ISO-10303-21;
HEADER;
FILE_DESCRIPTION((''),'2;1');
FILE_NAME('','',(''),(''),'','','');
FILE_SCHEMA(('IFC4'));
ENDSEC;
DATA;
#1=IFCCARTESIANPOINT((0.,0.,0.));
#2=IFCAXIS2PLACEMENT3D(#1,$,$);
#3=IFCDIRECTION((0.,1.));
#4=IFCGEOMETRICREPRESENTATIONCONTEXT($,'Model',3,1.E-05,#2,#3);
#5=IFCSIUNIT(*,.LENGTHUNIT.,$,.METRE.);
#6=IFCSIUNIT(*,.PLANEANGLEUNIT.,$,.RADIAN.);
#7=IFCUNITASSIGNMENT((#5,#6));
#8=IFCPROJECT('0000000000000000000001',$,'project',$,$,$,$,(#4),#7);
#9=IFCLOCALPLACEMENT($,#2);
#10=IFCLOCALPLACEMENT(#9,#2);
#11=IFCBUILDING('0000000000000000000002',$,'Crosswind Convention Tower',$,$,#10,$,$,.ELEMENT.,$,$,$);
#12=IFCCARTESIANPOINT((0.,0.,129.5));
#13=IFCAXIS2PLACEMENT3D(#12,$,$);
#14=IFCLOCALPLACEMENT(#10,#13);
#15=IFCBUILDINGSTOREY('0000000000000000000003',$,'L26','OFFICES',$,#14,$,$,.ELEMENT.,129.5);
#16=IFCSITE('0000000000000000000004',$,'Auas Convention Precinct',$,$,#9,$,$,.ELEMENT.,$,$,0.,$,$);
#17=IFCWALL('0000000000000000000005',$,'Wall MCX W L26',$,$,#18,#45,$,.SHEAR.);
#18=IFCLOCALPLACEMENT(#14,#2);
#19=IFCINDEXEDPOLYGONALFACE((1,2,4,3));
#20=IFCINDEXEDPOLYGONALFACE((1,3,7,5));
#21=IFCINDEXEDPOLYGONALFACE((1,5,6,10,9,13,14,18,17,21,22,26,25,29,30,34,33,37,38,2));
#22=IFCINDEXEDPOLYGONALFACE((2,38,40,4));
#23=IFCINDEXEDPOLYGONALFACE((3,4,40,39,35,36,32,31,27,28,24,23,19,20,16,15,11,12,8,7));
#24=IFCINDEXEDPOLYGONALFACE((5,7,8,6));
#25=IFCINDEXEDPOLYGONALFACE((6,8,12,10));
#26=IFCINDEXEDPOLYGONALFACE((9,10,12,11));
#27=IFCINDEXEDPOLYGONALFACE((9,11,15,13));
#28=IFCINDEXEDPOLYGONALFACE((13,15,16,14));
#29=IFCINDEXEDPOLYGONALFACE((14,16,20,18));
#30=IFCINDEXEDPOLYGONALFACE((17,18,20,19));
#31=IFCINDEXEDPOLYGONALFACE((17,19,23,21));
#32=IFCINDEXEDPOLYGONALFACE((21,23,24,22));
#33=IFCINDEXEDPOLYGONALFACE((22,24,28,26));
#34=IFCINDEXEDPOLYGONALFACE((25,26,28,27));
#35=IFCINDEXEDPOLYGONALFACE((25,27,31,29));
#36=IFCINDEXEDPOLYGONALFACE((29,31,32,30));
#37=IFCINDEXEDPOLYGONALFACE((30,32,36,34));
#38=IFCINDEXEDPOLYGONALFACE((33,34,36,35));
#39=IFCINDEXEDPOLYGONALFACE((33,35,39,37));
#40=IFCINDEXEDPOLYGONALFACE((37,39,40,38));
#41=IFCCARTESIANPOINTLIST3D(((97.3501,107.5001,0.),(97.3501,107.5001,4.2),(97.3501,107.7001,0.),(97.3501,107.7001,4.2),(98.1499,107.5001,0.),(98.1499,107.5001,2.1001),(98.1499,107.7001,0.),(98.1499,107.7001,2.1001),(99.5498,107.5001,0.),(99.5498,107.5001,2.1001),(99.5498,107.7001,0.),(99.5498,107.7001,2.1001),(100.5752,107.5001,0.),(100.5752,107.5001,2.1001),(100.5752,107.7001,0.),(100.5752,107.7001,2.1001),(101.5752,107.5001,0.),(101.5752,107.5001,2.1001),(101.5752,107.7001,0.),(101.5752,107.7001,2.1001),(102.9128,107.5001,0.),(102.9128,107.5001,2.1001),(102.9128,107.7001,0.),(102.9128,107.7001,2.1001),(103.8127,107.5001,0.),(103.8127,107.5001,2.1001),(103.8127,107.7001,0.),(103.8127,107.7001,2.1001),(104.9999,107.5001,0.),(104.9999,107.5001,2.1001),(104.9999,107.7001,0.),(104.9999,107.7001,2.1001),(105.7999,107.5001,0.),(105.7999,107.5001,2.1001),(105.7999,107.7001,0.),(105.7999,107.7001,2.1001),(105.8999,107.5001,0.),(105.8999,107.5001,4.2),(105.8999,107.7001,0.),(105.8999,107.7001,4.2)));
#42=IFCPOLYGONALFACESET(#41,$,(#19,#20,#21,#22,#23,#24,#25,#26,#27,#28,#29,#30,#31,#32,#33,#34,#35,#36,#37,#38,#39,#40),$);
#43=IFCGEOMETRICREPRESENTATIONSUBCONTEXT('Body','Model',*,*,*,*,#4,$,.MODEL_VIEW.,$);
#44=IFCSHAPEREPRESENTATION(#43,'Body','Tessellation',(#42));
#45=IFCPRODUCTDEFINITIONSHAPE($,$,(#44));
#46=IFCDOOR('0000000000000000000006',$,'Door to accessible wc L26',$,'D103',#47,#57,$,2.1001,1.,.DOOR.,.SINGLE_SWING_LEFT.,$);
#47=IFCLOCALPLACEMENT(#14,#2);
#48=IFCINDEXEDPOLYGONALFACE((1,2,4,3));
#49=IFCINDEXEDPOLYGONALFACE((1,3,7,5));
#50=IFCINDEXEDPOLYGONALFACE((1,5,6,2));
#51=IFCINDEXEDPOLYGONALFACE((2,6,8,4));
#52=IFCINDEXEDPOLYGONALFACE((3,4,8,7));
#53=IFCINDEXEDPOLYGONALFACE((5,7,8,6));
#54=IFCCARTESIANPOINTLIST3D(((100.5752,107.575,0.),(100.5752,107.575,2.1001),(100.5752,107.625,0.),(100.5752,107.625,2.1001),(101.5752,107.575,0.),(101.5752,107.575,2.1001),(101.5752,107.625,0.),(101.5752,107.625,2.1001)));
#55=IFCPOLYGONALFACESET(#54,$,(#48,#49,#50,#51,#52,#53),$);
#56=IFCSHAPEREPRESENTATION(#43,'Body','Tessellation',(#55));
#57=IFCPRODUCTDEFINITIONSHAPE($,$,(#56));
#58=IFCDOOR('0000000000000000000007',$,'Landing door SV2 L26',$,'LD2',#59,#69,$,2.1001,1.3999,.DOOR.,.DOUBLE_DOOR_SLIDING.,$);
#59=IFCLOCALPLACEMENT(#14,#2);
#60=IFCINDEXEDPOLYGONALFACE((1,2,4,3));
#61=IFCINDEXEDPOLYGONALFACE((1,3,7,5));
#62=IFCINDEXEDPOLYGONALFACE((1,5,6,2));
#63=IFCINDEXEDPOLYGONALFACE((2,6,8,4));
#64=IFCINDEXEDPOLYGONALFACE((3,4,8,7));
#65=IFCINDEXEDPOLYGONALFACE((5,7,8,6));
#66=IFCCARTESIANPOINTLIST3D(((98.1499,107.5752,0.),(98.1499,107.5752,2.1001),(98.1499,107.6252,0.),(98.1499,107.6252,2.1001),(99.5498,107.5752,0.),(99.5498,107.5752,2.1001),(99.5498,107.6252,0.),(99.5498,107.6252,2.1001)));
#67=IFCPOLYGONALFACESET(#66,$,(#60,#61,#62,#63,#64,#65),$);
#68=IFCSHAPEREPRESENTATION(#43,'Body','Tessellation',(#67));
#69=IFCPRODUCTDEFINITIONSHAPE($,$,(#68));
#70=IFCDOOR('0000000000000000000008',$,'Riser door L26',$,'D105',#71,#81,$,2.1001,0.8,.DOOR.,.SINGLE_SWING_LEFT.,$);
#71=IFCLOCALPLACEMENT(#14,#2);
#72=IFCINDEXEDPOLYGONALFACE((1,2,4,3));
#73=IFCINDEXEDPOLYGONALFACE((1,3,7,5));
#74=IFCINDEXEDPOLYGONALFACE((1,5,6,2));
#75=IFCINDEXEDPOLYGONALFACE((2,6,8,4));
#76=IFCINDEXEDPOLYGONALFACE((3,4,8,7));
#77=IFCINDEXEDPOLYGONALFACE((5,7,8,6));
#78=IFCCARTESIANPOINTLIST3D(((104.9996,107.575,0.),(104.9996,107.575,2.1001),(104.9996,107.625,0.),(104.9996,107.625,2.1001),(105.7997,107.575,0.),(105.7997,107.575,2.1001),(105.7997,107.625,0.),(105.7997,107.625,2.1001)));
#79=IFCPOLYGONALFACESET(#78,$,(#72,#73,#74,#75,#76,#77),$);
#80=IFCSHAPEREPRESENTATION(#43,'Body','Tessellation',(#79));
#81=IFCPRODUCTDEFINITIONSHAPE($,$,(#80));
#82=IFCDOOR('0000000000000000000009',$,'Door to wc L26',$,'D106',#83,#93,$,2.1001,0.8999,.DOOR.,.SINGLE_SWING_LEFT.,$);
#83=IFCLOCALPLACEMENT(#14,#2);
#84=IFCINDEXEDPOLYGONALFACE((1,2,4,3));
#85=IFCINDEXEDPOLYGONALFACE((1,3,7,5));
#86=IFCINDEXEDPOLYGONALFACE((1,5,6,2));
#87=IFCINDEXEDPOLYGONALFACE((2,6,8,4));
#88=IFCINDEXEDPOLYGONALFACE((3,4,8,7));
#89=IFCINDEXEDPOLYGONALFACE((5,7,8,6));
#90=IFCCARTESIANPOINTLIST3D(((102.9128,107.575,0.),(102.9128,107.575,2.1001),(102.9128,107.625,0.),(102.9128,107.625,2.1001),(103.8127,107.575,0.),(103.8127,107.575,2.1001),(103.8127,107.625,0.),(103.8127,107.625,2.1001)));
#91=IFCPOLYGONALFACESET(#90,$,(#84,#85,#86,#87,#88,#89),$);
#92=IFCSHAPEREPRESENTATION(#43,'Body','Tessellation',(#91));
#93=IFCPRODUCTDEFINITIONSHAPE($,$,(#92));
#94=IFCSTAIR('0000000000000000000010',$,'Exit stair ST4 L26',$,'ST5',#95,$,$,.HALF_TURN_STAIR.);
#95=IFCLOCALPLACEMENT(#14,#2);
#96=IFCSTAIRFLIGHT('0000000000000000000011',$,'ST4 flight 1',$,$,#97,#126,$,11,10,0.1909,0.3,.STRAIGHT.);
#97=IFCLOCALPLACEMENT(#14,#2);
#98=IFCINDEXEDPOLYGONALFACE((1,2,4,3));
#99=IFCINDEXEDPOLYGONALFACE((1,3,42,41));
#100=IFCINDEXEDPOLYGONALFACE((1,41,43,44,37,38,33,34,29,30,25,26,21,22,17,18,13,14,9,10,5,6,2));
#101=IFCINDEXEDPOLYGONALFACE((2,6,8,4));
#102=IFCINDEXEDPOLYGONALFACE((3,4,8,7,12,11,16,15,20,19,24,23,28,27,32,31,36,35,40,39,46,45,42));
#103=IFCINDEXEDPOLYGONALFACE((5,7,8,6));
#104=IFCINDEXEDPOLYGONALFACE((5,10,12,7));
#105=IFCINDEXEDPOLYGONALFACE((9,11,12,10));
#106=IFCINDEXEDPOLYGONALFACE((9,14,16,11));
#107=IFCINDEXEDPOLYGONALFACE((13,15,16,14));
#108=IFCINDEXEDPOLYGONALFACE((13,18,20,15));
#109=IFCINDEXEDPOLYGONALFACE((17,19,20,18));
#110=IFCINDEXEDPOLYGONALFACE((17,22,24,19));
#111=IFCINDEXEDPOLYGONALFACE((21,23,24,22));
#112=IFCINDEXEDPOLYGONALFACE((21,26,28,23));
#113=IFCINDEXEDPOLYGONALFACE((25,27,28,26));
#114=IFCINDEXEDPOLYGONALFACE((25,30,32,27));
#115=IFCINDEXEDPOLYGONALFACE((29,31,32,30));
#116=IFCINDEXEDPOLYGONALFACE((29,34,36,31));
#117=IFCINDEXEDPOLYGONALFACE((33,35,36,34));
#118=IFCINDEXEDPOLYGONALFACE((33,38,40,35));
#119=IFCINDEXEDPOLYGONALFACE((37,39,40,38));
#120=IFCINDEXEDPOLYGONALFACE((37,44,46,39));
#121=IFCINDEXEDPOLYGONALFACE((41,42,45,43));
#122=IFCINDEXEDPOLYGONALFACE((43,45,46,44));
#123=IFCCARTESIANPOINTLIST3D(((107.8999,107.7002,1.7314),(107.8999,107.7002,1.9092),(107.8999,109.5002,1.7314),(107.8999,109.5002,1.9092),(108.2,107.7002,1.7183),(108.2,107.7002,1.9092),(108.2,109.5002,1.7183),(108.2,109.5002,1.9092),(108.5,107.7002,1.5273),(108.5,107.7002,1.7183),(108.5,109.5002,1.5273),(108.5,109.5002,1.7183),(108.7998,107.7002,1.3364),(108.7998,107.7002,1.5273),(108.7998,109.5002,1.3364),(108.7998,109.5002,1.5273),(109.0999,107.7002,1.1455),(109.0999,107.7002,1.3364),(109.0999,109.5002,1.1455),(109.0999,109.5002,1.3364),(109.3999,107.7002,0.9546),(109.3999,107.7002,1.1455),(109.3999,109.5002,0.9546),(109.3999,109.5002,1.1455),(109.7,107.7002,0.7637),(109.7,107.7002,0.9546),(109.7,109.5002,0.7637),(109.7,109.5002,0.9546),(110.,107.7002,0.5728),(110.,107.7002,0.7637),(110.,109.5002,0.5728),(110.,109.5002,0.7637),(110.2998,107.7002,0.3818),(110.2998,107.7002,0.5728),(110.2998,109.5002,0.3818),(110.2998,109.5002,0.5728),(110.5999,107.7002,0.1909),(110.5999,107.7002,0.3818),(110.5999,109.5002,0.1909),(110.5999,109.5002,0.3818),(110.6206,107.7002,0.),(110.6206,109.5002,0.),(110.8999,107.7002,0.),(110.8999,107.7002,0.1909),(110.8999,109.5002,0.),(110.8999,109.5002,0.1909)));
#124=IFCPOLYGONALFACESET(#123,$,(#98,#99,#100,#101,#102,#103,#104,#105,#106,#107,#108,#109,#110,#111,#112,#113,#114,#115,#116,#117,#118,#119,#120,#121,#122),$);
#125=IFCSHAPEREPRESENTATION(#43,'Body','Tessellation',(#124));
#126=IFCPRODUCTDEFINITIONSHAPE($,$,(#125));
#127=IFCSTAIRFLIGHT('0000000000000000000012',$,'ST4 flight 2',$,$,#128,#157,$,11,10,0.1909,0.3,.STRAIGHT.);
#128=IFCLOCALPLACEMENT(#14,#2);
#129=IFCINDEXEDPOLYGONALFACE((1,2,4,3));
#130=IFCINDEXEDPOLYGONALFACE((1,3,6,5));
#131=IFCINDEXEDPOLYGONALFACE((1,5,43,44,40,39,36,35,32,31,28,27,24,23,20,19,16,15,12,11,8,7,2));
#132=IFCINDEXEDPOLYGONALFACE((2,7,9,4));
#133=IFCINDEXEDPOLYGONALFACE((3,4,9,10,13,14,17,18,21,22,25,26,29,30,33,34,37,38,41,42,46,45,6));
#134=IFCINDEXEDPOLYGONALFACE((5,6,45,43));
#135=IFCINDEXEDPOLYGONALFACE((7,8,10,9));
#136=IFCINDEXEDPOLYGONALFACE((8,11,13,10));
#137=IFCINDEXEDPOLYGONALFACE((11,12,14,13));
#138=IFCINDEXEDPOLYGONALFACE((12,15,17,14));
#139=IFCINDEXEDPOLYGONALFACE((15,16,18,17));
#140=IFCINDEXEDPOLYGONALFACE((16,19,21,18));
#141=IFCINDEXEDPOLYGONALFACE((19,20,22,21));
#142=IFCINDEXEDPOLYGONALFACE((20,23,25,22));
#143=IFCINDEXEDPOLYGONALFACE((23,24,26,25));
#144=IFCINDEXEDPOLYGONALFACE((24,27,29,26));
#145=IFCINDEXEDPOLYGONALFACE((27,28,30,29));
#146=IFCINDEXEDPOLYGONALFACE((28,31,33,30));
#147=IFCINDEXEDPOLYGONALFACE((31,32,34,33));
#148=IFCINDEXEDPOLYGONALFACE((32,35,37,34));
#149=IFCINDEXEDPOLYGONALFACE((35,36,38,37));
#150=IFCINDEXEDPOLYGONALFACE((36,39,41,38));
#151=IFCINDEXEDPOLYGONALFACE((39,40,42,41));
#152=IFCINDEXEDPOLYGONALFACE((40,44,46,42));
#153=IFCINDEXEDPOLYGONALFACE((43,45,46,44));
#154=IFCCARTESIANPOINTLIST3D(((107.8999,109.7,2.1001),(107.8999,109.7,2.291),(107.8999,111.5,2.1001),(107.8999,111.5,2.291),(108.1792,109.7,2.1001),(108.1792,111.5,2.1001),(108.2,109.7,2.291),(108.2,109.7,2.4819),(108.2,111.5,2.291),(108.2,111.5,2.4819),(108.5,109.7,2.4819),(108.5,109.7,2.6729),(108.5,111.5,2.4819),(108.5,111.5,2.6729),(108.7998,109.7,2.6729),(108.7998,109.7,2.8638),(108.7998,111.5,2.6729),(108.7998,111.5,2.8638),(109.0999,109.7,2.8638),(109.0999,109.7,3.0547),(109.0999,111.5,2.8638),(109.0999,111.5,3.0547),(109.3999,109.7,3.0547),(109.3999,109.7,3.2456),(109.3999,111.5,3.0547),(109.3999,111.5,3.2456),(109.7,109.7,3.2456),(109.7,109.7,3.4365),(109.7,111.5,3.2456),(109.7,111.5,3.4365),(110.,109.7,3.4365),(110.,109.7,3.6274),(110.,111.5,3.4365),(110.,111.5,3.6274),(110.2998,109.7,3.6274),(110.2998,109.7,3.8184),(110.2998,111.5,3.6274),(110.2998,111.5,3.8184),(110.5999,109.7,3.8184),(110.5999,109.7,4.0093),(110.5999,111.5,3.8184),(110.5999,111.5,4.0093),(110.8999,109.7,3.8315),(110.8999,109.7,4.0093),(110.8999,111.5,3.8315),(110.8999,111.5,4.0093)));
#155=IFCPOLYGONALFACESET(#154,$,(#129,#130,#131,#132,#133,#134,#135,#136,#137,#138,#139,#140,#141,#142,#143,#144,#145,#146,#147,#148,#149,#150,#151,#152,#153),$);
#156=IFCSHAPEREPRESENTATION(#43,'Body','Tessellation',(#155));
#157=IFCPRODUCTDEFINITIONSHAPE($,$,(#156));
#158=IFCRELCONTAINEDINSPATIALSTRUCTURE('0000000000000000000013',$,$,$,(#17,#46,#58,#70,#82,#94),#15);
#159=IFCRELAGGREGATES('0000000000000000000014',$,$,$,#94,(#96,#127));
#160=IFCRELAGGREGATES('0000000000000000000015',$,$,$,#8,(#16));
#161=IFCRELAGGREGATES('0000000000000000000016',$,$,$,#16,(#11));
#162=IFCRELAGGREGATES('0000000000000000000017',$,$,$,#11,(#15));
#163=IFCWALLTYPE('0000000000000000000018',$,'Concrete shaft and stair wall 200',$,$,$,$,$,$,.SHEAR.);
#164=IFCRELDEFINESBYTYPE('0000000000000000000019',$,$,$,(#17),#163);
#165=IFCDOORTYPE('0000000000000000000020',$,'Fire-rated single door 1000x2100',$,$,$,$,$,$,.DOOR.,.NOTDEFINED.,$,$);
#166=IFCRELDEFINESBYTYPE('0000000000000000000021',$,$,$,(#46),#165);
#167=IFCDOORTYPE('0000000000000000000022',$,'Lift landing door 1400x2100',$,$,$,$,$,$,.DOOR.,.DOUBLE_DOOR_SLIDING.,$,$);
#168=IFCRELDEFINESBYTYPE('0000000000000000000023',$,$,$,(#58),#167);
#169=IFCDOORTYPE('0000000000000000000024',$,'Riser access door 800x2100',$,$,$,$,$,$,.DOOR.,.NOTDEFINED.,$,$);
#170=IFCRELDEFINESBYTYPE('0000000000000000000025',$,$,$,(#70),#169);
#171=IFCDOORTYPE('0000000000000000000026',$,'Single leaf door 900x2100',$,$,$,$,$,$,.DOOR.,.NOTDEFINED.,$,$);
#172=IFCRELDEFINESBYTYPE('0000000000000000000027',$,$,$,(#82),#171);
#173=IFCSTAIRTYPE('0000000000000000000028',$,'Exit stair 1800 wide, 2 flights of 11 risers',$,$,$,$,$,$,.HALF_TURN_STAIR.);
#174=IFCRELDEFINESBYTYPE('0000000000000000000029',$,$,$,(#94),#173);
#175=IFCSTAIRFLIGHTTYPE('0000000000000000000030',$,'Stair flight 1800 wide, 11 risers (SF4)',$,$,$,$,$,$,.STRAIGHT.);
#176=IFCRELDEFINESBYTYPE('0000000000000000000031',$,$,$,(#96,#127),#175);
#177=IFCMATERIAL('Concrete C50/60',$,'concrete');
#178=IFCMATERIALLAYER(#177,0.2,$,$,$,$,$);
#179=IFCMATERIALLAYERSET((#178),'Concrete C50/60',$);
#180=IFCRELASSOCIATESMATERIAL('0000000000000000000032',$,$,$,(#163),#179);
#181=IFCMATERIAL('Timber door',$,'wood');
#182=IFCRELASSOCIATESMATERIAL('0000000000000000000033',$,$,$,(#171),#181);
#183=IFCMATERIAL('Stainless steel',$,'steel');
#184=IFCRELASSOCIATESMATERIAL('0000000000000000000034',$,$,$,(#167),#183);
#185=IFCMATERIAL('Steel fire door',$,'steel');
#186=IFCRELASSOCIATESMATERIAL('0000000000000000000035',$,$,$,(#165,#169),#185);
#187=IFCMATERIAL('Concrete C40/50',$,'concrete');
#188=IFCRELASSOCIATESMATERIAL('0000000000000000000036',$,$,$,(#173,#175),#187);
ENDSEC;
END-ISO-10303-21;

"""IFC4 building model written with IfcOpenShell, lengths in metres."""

from ifc_helpers import new_model, si_unit, direction, frame, frame_2d, origin, place, context, subcontext, project, spatial, polyline, rectangle, outline, extrude, material, layer, layer_set, type_object, element, fill, aggregate, save


model = new_model("IFC4")

# Units and contexts
model_context = context("Model", 3, precision=1e-05, world=origin(), true_north=direction((0.0, 1.0)))
body_context = subcontext(model_context, "Body", "Model", "MODEL_VIEW")
ifc_project = project(units=[si_unit("LENGTHUNIT", "METRE"), si_unit("PLANEANGLEUNIT", "RADIAN")], contexts=[model_context])

# Site, building, storey
site_placement = place(None, origin())
site = spatial("IfcSite", under=ifc_project, at=site_placement, Name="Auas Convention Precinct", CompositionType="ELEMENT", RefElevation=0.0)
building_placement = place(site_placement, origin())
building = spatial("IfcBuilding", under=site, at=building_placement, Name="Crosswind Convention Tower", CompositionType="ELEMENT")
storey_placement = place(building_placement, frame((0.0, 0.0, 129.5)))
storey = spatial("IfcBuildingStorey", under=building, at=storey_placement, Name="L26", Description="OFFICES", CompositionType="ELEMENT", Elevation=129.5)

# Shared definitions
ifc_material_1 = material(Name="Concrete C50/60", Category="concrete")
ifc_layer = layer(ifc_material_1, 0.2)
ifc_layer_set = layer_set([ifc_layer], Name="Concrete C50/60")
wall_type = type_object("IfcWallType", Name="Concrete shaft and stair wall 200", PredefinedType="SHEAR", material=ifc_layer_set)

# Shared definitions
ifc_material_2 = material(Name="Timber door", Category="wood")
door_type_1 = type_object("IfcDoorType", Name="Single leaf door 900x2100", OperationType="NOTDEFINED", PredefinedType="DOOR", material=ifc_material_2)

# Shared definitions
ifc_material_3 = material(Name="Stainless steel", Category="steel")
door_type_2 = type_object("IfcDoorType", Name="Lift landing door 1400x2100", OperationType="DOUBLE_DOOR_SLIDING", PredefinedType="DOOR", material=ifc_material_3)

# Wall, openings, doors
wall_1_placement = place(storey_placement, frame((105.8999, 107.6001, 0.0), z_axis=(0.0, 0.0, 1.0), x_axis=(-1.0, 0.0, 0.0)))
wall_1 = element("IfcWall", 1, at=wall_1_placement, inside=storey, type_object=wall_type, Name="Wall MCX W L26", PredefinedType="SHEAR", context=body_context, shape_type="SweptSolid", body=[
    extrude(rectangle(XDim=8.5498, YDim=0.2, at=frame_2d((4.2749, 0.0))), origin(), (0.0, 0.0, 1.0), 4.2),
])
opening_1_placement = place(wall_1_placement, frame((0.1001, 0.0, 0.0)))
opening_1 = element("IfcOpeningElement", 2, at=opening_1_placement, cuts=wall_1, PredefinedType="OPENING", context=body_context, shape_type="SweptSolid", body=[
    extrude(rectangle(XDim=0.8, YDim=2.1001, at=frame_2d((0.3999, 1.05))), frame((0.0, 0.1099, 0.0), z_axis=(0.0, -1.0, 0.0), x_axis=(1.0, 0.0, 0.0)), (0.0, 0.0, 1.0), 0.22),
])
opening_2_placement = place(wall_1_placement, frame((2.0872, 0.0, 0.0)))
opening_2 = element("IfcOpeningElement", 3, at=opening_2_placement, cuts=wall_1, PredefinedType="OPENING", context=body_context, shape_type="SweptSolid", body=[
    extrude(rectangle(XDim=0.8999, YDim=2.1001, at=frame_2d((0.45, 1.05))), frame((0.0, 0.1099, 0.0), z_axis=(0.0, -1.0, 0.0), x_axis=(1.0, 0.0, 0.0)), (0.0, 0.0, 1.0), 0.22),
])
opening_3_placement = place(wall_1_placement, frame((4.3247, 0.0, 0.0)))
opening_3 = element("IfcOpeningElement", 4, at=opening_3_placement, cuts=wall_1, PredefinedType="OPENING", context=body_context, shape_type="SweptSolid", body=[
    extrude(rectangle(XDim=1.0, YDim=2.1001, at=frame_2d((0.5, 1.05))), frame((0.0, 0.1099, 0.0), z_axis=(0.0, -1.0, 0.0), x_axis=(1.0, 0.0, 0.0)), (0.0, 0.0, 1.0), 0.22),
])
opening_4_placement = place(wall_1_placement, frame((6.3501, 0.0, 0.0)))
opening_4 = element("IfcOpeningElement", 5, at=opening_4_placement, cuts=wall_1, PredefinedType="OPENING", context=body_context, shape_type="SweptSolid", body=[
    extrude(rectangle(XDim=1.3999, YDim=2.1001, at=frame_2d((0.7, 1.05))), frame((0.0, 0.1099, 0.0), z_axis=(0.0, -1.0, 0.0), x_axis=(1.0, 0.0, 0.0)), (0.0, 0.0, 1.0), 0.22),
])
ifc_material_4 = material(Name="Steel fire door", Category="steel")
door_type_3 = type_object("IfcDoorType", Name="Fire-rated single door 1000x2100", OperationType="NOTDEFINED", PredefinedType="DOOR", material=ifc_material_4)
door_1_placement = place(opening_3_placement, frame((1.0, 0.0, 0.0), z_axis=(0.0, 0.0, 1.0), x_axis=(-1.0, 0.0, 0.0)))
door_1 = element("IfcDoor", 6, at=door_1_placement, inside=storey, type_object=door_type_3, Name="Door to accessible wc L26", ObjectType="D103", OperationType="SINGLE_SWING_LEFT", OverallHeight=2.1001, OverallWidth=1.0, PredefinedType="DOOR", context=body_context, shape_type="SweptSolid", body=[
    extrude(rectangle(XDim=1.0, YDim=2.1001, at=frame_2d((0.5, 1.05))), frame((0.0, 0.0249, 0.0), z_axis=(0.0, -1.0, 0.0), x_axis=(1.0, 0.0, 0.0)), (0.0, 0.0, 1.0), 0.05),
])
fill(opening_3, door_1)
door_2_placement = place(opening_4_placement, origin())
door_2 = element("IfcDoor", 7, at=door_2_placement, inside=storey, type_object=door_type_2, Name="Landing door SV2 L26", ObjectType="LD2", OperationType="DOUBLE_DOOR_SLIDING", OverallHeight=2.1001, OverallWidth=1.3999, PredefinedType="DOOR", context=body_context, shape_type="SweptSolid", body=[
    extrude(rectangle(XDim=1.3999, YDim=2.1001, at=frame_2d((0.7, 1.05))), frame((0.0, 0.0249, 0.0), z_axis=(0.0, -1.0, 0.0), x_axis=(1.0, 0.0, 0.0)), (0.0, 0.0, 1.0), 0.05),
])
fill(opening_4, door_2)
door_type_4 = type_object("IfcDoorType", Name="Riser access door 800x2100", OperationType="NOTDEFINED", PredefinedType="DOOR", material=ifc_material_4)
door_3_placement = place(opening_1_placement, frame((0.8, 0.0, 0.0), z_axis=(0.0, 0.0, 1.0), x_axis=(-1.0, 0.0, 0.0)))
door_3 = element("IfcDoor", 8, at=door_3_placement, inside=storey, type_object=door_type_4, Name="Riser door L26", ObjectType="D105", OperationType="SINGLE_SWING_LEFT", OverallHeight=2.1001, OverallWidth=0.8, PredefinedType="DOOR", context=body_context, shape_type="SweptSolid", body=[
    extrude(rectangle(XDim=0.8, YDim=2.1001, at=frame_2d((0.3999, 1.05))), frame((0.0, 0.0249, 0.0), z_axis=(0.0, -1.0, 0.0), x_axis=(1.0, 0.0, 0.0)), (0.0, 0.0, 1.0), 0.05),
])
fill(opening_1, door_3)
door_4_placement = place(opening_2_placement, frame((0.8999, 0.0, 0.0), z_axis=(0.0, 0.0, 1.0), x_axis=(-1.0, 0.0, 0.0)))
door_4 = element("IfcDoor", 9, at=door_4_placement, inside=storey, type_object=door_type_1, Name="Door to wc L26", ObjectType="D106", OperationType="SINGLE_SWING_LEFT", OverallHeight=2.1001, OverallWidth=0.8999, PredefinedType="DOOR", context=body_context, shape_type="SweptSolid", body=[
    extrude(rectangle(XDim=0.8999, YDim=2.1001, at=frame_2d((0.45, 1.05))), frame((0.0, 0.0249, 0.0), z_axis=(0.0, -1.0, 0.0), x_axis=(1.0, 0.0, 0.0)), (0.0, 0.0, 1.0), 0.05),
])
fill(opening_2, door_4)

# Stair, stair flights
ifc_material_5 = material(Name="Concrete C40/50", Category="concrete")
stair_type = type_object("IfcStairType", Name="Exit stair 1800 wide, 2 flights of 11 risers", PredefinedType="HALF_TURN_STAIR", material=ifc_material_5)
stair_placement = place(storey_placement, origin())
stair = element("IfcStair", 10, at=stair_placement, inside=storey, type_object=stair_type, Name="Exit stair ST4 L26", ObjectType="ST5", PredefinedType="HALF_TURN_STAIR")
stair_flight_type = type_object("IfcStairFlightType", Name="Stair flight 1800 wide, 11 risers (SF4)", PredefinedType="STRAIGHT", material=ifc_material_5)
stair_flight_1_placement = place(storey_placement, frame((110.8999, 108.6001, 0.0), z_axis=(0.0, 0.0, 1.0), x_axis=(-1.0, 0.0, 0.0)))
stair_flight_1 = element("IfcStairFlight", 11, at=stair_flight_1_placement, type_object=stair_flight_type, Name="ST4 flight 1", NumberOfRisers=11, NumberOfTreads=10, PredefinedType="STRAIGHT", RiserHeight=0.1909, TreadLength=0.3, context=body_context, shape_type="SweptSolid", body=[
    extrude(outline(polyline([(0.0, 0.0), (0.0, 0.1909), (0.3, 0.1909), (0.3, 0.3818), (0.6001, 0.3818), (0.6001, 0.5728), (0.8999, 0.5728), (0.8999, 0.7637), (1.2, 0.7637), (1.2, 0.9546), (1.5, 0.9546), (1.5, 1.1455), (1.8, 1.1455), (1.8, 1.3364), (2.1001, 1.3364), (2.1001, 1.5273), (2.3999, 1.5273), (2.3999, 1.7183), (2.7, 1.7183), (2.7, 1.9092), (3.0, 1.9092), (3.0, 2.1001), (3.0, 1.7314), (0.2793, 0.0), (0.0, 0.0)])), frame((0.0, 0.8999, 0.0), z_axis=(0.0, -1.0, 0.0), x_axis=(1.0, 0.0, 0.0)), (0.0, 0.0, 1.0), 1.8),
])
stair_flight_2_placement = place(storey_placement, frame((107.8999, 110.6001, 2.1001), z_axis=(0.0, 0.0, 1.0), x_axis=(1.0, 0.0, 0.0)))
stair_flight_2 = element("IfcStairFlight", 12, at=stair_flight_2_placement, type_object=stair_flight_type, Name="ST4 flight 2", NumberOfRisers=11, NumberOfTreads=10, PredefinedType="STRAIGHT", RiserHeight=0.1909, TreadLength=0.3, context=body_context, shape_type="SweptSolid", body=[
    extrude(outline(polyline([(0.0, 0.0), (0.0, 0.1909), (0.3, 0.1909), (0.3, 0.3818), (0.6001, 0.3818), (0.6001, 0.5728), (0.8999, 0.5728), (0.8999, 0.7637), (1.2, 0.7637), (1.2, 0.9546), (1.5, 0.9546), (1.5, 1.1455), (1.8, 1.1455), (1.8, 1.3364), (2.1001, 1.3364), (2.1001, 1.5273), (2.3999, 1.5273), (2.3999, 1.7183), (2.7, 1.7183), (2.7, 1.9092), (3.0, 1.9092), (3.0, 2.1001), (3.0, 1.7314), (0.2793, 0.0), (0.0, 0.0)])), frame((0.0, 0.8999, 0.0), z_axis=(0.0, -1.0, 0.0), x_axis=(1.0, 0.0, 0.0)), (0.0, 0.0, 1.0), 1.8),
])
aggregate(stair, [stair_flight_1, stair_flight_2])

save(model, "model.ifc")
